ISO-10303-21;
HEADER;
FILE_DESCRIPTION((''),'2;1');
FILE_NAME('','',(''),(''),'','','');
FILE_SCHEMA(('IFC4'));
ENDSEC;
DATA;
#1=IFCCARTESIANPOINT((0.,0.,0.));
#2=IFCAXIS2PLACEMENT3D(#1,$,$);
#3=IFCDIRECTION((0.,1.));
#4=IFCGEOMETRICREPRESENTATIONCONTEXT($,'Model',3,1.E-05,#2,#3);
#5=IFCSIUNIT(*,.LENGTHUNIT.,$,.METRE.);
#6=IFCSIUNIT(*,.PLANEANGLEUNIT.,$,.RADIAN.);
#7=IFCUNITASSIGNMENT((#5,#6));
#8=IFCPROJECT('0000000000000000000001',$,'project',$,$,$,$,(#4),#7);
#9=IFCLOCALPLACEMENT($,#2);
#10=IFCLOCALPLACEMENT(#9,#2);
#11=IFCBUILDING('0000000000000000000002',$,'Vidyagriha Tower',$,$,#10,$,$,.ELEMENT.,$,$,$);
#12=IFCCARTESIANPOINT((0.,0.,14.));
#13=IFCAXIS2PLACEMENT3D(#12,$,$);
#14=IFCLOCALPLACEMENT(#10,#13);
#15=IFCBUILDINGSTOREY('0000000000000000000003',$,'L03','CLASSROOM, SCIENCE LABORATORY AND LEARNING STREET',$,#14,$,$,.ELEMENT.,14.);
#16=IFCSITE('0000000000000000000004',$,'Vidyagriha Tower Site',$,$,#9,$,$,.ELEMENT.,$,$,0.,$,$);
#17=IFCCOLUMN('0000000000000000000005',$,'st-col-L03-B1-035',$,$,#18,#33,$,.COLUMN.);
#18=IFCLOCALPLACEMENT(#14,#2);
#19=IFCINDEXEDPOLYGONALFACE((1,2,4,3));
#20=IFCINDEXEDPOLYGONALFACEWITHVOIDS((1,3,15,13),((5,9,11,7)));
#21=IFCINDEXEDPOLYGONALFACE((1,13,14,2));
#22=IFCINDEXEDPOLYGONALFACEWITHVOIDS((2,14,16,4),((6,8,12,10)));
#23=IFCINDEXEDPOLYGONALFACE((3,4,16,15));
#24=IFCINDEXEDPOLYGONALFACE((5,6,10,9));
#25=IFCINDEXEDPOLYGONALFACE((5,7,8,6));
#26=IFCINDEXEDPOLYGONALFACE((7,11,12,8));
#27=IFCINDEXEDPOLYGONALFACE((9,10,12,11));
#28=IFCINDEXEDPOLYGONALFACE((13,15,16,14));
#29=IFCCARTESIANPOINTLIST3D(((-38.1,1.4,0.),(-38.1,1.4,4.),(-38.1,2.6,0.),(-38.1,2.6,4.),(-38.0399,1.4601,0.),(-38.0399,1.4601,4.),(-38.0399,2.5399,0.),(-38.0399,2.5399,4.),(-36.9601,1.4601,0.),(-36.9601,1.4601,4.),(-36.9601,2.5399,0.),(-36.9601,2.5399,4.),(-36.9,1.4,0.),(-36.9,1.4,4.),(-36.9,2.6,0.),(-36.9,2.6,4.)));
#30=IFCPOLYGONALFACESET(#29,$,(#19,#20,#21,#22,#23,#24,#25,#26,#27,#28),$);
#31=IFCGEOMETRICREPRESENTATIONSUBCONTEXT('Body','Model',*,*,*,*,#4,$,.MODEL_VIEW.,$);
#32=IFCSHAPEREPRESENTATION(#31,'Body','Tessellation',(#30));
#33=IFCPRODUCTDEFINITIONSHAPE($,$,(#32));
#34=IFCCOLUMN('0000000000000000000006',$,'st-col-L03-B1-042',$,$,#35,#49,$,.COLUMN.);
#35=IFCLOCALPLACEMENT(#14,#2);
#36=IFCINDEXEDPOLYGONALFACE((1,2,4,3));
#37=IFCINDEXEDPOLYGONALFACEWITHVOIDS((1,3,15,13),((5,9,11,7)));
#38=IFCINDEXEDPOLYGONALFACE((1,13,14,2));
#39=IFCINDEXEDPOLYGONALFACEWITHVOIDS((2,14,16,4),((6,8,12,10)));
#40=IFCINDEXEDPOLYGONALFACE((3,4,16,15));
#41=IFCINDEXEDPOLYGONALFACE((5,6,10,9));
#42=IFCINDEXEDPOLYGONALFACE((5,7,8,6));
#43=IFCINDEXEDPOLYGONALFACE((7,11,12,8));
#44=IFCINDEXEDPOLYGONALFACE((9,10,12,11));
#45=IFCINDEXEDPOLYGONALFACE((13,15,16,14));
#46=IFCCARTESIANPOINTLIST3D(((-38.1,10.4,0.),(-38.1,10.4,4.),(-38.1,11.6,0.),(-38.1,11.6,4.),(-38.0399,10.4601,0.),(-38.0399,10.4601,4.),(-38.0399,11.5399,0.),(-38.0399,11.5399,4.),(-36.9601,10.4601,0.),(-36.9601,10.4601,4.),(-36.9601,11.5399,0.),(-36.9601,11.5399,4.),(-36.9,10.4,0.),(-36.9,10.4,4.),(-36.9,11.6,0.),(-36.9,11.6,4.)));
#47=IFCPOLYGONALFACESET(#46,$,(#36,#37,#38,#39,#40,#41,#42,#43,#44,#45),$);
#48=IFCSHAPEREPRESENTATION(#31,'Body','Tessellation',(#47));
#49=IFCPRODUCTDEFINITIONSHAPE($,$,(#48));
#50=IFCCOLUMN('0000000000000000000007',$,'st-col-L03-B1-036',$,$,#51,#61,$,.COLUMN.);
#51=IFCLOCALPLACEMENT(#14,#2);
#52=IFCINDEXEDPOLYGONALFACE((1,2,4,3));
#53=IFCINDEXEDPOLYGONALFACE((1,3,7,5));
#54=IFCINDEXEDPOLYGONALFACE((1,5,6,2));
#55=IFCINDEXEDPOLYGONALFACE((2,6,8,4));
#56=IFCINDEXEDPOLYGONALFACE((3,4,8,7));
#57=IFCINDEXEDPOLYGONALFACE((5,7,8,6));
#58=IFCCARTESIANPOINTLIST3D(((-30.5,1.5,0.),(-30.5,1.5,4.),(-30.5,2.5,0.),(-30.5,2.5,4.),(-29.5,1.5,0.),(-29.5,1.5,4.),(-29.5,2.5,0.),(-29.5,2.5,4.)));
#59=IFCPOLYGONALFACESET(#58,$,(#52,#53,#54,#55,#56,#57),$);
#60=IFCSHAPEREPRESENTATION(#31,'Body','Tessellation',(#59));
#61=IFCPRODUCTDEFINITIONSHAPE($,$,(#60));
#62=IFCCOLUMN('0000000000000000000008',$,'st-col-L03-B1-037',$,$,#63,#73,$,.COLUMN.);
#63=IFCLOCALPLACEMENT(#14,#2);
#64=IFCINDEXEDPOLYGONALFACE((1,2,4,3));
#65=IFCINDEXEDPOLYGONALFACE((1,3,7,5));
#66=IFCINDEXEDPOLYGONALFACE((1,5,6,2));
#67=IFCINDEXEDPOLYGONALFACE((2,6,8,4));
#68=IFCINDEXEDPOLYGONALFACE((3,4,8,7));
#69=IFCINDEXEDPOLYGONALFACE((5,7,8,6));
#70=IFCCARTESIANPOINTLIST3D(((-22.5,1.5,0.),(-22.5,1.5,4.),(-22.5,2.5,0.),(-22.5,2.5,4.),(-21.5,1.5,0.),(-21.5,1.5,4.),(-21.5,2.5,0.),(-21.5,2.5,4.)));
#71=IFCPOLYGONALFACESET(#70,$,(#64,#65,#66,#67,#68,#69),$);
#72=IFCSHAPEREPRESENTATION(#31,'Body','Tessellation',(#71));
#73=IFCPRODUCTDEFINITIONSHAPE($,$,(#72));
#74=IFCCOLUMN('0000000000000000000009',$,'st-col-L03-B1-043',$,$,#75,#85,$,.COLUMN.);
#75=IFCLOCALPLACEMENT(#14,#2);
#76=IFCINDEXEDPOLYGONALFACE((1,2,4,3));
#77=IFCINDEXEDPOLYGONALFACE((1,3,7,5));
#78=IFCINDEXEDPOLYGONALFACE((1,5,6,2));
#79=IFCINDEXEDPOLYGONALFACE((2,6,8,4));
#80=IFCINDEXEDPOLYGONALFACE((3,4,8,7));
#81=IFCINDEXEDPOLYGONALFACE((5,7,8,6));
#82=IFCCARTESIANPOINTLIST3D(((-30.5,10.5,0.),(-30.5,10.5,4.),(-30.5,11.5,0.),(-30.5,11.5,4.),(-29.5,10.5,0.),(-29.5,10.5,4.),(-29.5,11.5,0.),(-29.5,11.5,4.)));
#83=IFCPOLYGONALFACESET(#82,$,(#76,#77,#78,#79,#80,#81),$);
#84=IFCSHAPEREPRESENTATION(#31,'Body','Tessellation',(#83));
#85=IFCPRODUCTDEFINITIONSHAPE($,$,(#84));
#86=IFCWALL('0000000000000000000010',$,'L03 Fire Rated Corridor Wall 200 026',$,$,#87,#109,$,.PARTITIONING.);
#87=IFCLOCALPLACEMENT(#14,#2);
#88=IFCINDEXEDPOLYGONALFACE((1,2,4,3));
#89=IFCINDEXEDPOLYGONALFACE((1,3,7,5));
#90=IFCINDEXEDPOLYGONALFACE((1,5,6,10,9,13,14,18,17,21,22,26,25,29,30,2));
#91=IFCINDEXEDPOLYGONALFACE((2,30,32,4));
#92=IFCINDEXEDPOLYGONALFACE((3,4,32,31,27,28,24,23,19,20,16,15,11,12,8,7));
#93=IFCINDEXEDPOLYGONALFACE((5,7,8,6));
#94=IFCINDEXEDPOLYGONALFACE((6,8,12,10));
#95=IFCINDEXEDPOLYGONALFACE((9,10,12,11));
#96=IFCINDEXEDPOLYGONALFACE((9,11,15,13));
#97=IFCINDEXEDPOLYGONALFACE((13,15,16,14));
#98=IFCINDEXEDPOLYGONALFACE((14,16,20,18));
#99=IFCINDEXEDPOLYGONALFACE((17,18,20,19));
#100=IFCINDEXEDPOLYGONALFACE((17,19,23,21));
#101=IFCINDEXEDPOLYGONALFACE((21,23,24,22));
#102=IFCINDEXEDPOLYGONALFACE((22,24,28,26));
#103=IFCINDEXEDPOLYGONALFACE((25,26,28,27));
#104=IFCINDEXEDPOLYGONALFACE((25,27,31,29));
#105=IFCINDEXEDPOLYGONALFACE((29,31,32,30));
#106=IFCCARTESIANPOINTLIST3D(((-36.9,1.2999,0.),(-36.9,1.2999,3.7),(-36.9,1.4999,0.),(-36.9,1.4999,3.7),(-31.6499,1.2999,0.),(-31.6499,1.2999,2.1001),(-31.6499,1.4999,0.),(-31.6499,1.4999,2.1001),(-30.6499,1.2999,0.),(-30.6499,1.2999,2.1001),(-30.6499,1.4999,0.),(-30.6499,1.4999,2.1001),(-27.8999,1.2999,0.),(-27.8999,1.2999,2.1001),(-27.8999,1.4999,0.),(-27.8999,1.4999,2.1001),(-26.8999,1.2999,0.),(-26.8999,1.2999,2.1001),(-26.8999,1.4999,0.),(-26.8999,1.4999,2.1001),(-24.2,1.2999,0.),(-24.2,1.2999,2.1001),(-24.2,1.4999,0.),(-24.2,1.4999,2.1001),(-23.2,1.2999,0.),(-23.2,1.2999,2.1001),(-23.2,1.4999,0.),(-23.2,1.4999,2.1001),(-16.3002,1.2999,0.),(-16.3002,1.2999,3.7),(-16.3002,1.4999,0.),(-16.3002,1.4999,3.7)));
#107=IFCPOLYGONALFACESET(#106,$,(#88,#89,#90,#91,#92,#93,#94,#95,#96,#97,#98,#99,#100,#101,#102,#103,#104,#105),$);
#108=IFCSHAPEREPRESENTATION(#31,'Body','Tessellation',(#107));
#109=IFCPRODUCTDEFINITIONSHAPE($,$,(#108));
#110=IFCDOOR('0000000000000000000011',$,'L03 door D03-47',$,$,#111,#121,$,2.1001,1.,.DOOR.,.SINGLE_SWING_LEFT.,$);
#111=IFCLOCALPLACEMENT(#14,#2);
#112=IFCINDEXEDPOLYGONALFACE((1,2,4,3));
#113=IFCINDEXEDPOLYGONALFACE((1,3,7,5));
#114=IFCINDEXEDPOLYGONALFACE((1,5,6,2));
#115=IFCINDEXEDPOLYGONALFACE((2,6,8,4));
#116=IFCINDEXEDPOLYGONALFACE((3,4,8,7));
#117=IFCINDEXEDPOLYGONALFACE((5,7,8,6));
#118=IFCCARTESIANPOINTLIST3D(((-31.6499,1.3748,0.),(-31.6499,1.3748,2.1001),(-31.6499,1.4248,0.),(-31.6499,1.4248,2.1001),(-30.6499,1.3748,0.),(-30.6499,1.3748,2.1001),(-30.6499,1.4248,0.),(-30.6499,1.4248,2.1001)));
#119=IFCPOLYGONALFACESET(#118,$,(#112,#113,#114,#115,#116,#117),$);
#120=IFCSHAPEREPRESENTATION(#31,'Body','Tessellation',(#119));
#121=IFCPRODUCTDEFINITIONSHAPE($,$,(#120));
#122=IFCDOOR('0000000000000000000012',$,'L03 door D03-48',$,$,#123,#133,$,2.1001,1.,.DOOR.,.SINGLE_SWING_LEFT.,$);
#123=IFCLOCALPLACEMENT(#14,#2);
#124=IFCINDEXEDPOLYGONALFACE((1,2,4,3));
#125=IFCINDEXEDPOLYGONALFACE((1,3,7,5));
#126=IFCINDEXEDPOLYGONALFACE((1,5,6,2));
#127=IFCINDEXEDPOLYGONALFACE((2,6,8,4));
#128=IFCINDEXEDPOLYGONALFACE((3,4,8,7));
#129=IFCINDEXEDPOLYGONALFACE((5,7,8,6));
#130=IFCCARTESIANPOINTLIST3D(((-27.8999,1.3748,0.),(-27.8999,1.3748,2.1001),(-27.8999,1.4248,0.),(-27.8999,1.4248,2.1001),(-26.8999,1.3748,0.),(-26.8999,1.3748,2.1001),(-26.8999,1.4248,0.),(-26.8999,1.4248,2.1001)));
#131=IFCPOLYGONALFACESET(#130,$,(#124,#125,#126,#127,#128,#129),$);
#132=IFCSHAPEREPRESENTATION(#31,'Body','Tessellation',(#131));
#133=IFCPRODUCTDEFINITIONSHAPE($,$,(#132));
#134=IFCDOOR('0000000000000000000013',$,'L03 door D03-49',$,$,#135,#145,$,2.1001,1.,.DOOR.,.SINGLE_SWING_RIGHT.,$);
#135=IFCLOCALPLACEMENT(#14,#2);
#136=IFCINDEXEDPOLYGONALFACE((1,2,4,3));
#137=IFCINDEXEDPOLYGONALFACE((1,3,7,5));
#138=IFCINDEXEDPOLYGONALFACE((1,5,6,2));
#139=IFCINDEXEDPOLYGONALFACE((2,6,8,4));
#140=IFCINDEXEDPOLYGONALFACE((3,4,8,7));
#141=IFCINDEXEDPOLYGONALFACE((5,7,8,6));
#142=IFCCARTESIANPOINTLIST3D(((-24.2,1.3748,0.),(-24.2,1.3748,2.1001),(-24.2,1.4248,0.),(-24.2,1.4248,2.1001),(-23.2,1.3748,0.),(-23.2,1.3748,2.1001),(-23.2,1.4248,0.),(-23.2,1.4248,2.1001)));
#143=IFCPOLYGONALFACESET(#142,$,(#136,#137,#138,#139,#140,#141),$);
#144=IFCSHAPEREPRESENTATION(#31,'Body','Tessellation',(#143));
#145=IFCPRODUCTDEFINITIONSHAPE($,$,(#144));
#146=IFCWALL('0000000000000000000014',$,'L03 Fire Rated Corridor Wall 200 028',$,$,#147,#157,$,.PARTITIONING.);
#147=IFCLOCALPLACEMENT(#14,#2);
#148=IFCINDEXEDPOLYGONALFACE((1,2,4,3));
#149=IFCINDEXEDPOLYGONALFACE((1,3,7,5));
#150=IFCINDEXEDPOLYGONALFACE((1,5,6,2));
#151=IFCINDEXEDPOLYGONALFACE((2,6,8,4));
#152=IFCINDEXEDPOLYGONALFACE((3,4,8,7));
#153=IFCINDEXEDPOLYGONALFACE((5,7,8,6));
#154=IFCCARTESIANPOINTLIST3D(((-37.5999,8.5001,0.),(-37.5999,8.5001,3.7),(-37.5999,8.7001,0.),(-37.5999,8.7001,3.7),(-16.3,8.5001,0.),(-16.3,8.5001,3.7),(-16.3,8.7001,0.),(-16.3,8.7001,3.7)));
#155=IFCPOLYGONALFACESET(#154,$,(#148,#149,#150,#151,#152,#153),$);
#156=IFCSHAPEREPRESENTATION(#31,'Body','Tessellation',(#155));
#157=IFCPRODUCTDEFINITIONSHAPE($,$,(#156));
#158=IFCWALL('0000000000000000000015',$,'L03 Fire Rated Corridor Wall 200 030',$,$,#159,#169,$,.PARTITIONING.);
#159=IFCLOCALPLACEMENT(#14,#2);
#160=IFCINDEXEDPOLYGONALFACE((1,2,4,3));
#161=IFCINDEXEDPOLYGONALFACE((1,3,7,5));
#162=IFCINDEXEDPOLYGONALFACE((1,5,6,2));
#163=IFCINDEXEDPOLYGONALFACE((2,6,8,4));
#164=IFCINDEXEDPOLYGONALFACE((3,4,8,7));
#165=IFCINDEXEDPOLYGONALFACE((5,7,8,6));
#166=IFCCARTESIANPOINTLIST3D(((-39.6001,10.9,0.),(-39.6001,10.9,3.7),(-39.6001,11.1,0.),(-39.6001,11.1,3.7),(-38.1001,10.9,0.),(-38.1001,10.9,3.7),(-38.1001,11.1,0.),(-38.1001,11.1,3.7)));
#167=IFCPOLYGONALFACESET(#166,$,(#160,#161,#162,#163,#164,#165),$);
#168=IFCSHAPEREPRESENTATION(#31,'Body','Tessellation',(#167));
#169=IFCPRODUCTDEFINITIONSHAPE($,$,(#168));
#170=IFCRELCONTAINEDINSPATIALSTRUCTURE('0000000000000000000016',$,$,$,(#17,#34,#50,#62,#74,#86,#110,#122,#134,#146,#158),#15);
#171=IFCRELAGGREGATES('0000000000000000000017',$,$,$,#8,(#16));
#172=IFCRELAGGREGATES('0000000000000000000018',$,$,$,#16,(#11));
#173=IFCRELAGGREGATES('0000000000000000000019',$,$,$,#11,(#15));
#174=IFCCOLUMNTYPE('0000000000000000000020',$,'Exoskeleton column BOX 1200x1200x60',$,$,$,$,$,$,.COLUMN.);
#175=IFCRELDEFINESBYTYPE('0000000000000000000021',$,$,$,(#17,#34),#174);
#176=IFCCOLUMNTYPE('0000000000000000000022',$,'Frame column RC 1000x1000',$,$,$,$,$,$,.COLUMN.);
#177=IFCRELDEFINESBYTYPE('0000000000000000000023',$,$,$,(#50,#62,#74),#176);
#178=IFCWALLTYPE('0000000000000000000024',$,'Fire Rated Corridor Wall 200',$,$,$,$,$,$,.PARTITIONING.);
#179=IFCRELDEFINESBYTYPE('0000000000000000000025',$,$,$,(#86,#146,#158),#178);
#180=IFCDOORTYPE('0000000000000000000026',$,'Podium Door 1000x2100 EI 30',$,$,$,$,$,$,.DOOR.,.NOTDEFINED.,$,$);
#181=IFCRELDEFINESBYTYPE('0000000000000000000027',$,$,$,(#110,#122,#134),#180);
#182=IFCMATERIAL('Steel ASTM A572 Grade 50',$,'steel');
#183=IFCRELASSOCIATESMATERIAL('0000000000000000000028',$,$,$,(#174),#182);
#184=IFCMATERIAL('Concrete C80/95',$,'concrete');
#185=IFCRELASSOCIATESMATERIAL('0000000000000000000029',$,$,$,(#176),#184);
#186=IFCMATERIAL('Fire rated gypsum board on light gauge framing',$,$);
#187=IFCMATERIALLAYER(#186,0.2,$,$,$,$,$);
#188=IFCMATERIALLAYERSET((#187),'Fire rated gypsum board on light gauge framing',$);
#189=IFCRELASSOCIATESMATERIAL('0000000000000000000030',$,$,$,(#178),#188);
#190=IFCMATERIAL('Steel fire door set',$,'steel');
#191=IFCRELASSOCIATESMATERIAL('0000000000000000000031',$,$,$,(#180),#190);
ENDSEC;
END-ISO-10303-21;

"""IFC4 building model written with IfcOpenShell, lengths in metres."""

from ifc_helpers import new_model, si_unit, direction, frame, frame_2d, origin, origin_2d, place, context, subcontext, project, spatial, rectangle, hollow_rectangle, extrude, material, layer, layer_set, material_profile, profile_set, type_object, element, fill, save


model = new_model("IFC4")

# Units and contexts
model_context = context("Model", 3, precision=1e-05, world=origin(), true_north=direction((0.0, 1.0)))
body_context = subcontext(model_context, "Body", "Model", "MODEL_VIEW")
ifc_project = project(units=[si_unit("LENGTHUNIT", "METRE"), si_unit("PLANEANGLEUNIT", "RADIAN")], contexts=[model_context])

# Site, building, storey
site_placement = place(None, origin())
site = spatial("IfcSite", under=ifc_project, at=site_placement, Name="Vidyagriha Tower Site", CompositionType="ELEMENT", RefElevation=0.0)
building_placement = place(site_placement, origin())
building = spatial("IfcBuilding", under=site, at=building_placement, Name="Vidyagriha Tower", CompositionType="ELEMENT")
storey_placement = place(building_placement, frame((0.0, 0.0, 14.0)))
storey = spatial("IfcBuildingStorey", under=building, at=storey_placement, Name="L03", Description="CLASSROOM, SCIENCE LABORATORY AND LEARNING STREET", CompositionType="ELEMENT", Elevation=14.0)

# Columns
ifc_material_1 = material(Name="Steel ASTM A572 Grade 50", Category="steel")
ifc_material_profile_1 = material_profile(ifc_material_1, hollow_rectangle(XDim=1.2, YDim=1.2, WallThickness=0.0601, at=origin_2d()), Name="BOX 1200x1200x60")
ifc_profile_set_1 = profile_set([ifc_material_profile_1], Name="Steel ASTM A572 Grade 50")
column_type_1 = type_object("IfcColumnType", Name="Exoskeleton column BOX 1200x1200x60", PredefinedType="COLUMN", material=ifc_profile_set_1)
for number, where, name in (
    (1, (-37.5, 2.0, 0.0), "st-col-L03-B1-035"),
    (2, (-37.5, 11.0, 0.0), "st-col-L03-B1-042"),
):
    element("IfcColumn", number, at=place(storey_placement, frame(where)), inside=storey, type_object=column_type_1, Name=name, PredefinedType="COLUMN", context=body_context, shape_type="SweptSolid", body=[
        extrude(hollow_rectangle(XDim=1.2, YDim=1.2, WallThickness=0.0601, at=origin_2d()), origin(), (0.0, 0.0, 1.0), 4.0),
    ])
ifc_material_2 = material(Name="Concrete C80/95", Category="concrete")
ifc_material_profile_2 = material_profile(ifc_material_2, rectangle(XDim=1.0, YDim=1.0, at=origin_2d()), Name="RC 1000x1000")
ifc_profile_set_2 = profile_set([ifc_material_profile_2], Name="Concrete C80/95")
column_type_2 = type_object("IfcColumnType", Name="Frame column RC 1000x1000", PredefinedType="COLUMN", material=ifc_profile_set_2)
for number, where, name in (
    (3, (-30.0, 2.0, 0.0), "st-col-L03-B1-036"),
    (4, (-22.0, 2.0, 0.0), "st-col-L03-B1-037"),
    (5, (-30.0, 11.0, 0.0), "st-col-L03-B1-043"),
):
    element("IfcColumn", number, at=place(storey_placement, frame(where)), inside=storey, type_object=column_type_2, Name=name, PredefinedType="COLUMN", context=body_context, shape_type="SweptSolid", body=[
        extrude(rectangle(XDim=1.0, YDim=1.0, at=origin_2d()), origin(), (0.0, 0.0, 1.0), 4.0),
    ])

# Wall, openings, doors
ifc_material_3 = material(Name="Fire rated gypsum board on light gauge framing")
ifc_layer_1 = layer(ifc_material_3, 0.2)
ifc_layer_set_1 = layer_set([ifc_layer_1], Name="Fire rated gypsum board on light gauge framing")
wall_type_1 = type_object("IfcWallType", Name="Fire Rated Corridor Wall 200", PredefinedType="PARTITIONING", material=ifc_layer_set_1)
wall_1_placement = place(storey_placement, frame((-36.8999, 1.3999, 0.0)))
wall_1 = element("IfcWall", 6, at=wall_1_placement, inside=storey, type_object=wall_type_1, Name="L03 Fire Rated Corridor Wall 200 026", PredefinedType="PARTITIONING", context=body_context, shape_type="SweptSolid", body=[
    extrude(rectangle(XDim=20.5999, YDim=0.2, at=frame_2d((10.2998, 0.0))), origin(), (0.0, 0.0, 1.0), 3.7),
])
opening_1_placement = place(wall_1_placement, frame((5.25, 0.0, 0.0)))
opening_1 = element("IfcOpeningElement", 7, at=opening_1_placement, cuts=wall_1, PredefinedType="OPENING", context=body_context, shape_type="SweptSolid", body=[
    extrude(rectangle(XDim=1.0, YDim=2.1001, at=frame_2d((0.5, 1.05))), frame((0.0, 0.1099, 0.0), z_axis=(0.0, -1.0, 0.0), x_axis=(1.0, 0.0, 0.0)), (0.0, 0.0, 1.0), 0.22),
])
opening_2_placement = place(wall_1_placement, frame((9.0, 0.0, 0.0)))
opening_2 = element("IfcOpeningElement", 8, at=opening_2_placement, cuts=wall_1, PredefinedType="OPENING", context=body_context, shape_type="SweptSolid", body=[
    extrude(rectangle(XDim=1.0, YDim=2.1001, at=frame_2d((0.5, 1.05))), frame((0.0, 0.1099, 0.0), z_axis=(0.0, -1.0, 0.0), x_axis=(1.0, 0.0, 0.0)), (0.0, 0.0, 1.0), 0.22),
])
opening_3_placement = place(wall_1_placement, frame((12.7, 0.0, 0.0)))
opening_3 = element("IfcOpeningElement", 9, at=opening_3_placement, cuts=wall_1, PredefinedType="OPENING", context=body_context, shape_type="SweptSolid", body=[
    extrude(rectangle(XDim=1.0, YDim=2.1001, at=frame_2d((0.5, 1.05))), frame((0.0, 0.1099, 0.0), z_axis=(0.0, -1.0, 0.0), x_axis=(1.0, 0.0, 0.0)), (0.0, 0.0, 1.0), 0.22),
])
ifc_material_4 = material(Name="Steel fire door set", Category="steel")
door_type_1 = type_object("IfcDoorType", Name="Podium Door 1000x2100 EI 30", OperationType="NOTDEFINED", PredefinedType="DOOR", material=ifc_material_4)
door_1_placement = place(opening_1_placement, origin())
door_1 = element("IfcDoor", 10, at=door_1_placement, inside=storey, type_object=door_type_1, Name="L03 door D03-47", OperationType="SINGLE_SWING_LEFT", OverallHeight=2.1001, OverallWidth=1.0, PredefinedType="DOOR", context=body_context, shape_type="SweptSolid", body=[
    extrude(rectangle(XDim=1.0, YDim=2.1001, at=frame_2d((0.5, 1.05))), frame((0.0, 0.0249, 0.0), z_axis=(0.0, -1.0, 0.0), x_axis=(1.0, 0.0, 0.0)), (0.0, 0.0, 1.0), 0.05),
])
fill(opening_1, door_1)
door_2_placement = place(opening_2_placement, origin())
door_2 = element("IfcDoor", 11, at=door_2_placement, inside=storey, type_object=door_type_1, Name="L03 door D03-48", OperationType="SINGLE_SWING_LEFT", OverallHeight=2.1001, OverallWidth=1.0, PredefinedType="DOOR", context=body_context, shape_type="SweptSolid", body=[
    extrude(rectangle(XDim=1.0, YDim=2.1001, at=frame_2d((0.5, 1.05))), frame((0.0, 0.0249, 0.0), z_axis=(0.0, -1.0, 0.0), x_axis=(1.0, 0.0, 0.0)), (0.0, 0.0, 1.0), 0.05),
])
fill(opening_2, door_2)
door_3_placement = place(opening_3_placement, origin())
door_3 = element("IfcDoor", 12, at=door_3_placement, inside=storey, type_object=door_type_1, Name="L03 door D03-49", OperationType="SINGLE_SWING_RIGHT", OverallHeight=2.1001, OverallWidth=1.0, PredefinedType="DOOR", context=body_context, shape_type="SweptSolid", body=[
    extrude(rectangle(XDim=1.0, YDim=2.1001, at=frame_2d((0.5, 1.05))), frame((0.0, 0.0249, 0.0), z_axis=(0.0, -1.0, 0.0), x_axis=(1.0, 0.0, 0.0)), (0.0, 0.0, 1.0), 0.05),
])
fill(opening_3, door_3)

# Walls
wall_2_placement = place(storey_placement, frame((-37.5999, 8.6001, 0.0)))
element("IfcWall", 13, at=wall_2_placement, inside=storey, type_object=wall_type_1, Name="L03 Fire Rated Corridor Wall 200 028", PredefinedType="PARTITIONING", context=body_context, shape_type="SweptSolid", body=[
    extrude(rectangle(XDim=21.2998, YDim=0.2, at=frame_2d((10.6499, 0.0))), origin(), (0.0, 0.0, 1.0), 3.7),
])
wall_3_placement = place(storey_placement, frame((-39.6001, 11.0, 0.0)))
element("IfcWall", 14, at=wall_3_placement, inside=storey, type_object=wall_type_1, Name="L03 Fire Rated Corridor Wall 200 030", PredefinedType="PARTITIONING", context=body_context, shape_type="SweptSolid", body=[
    extrude(rectangle(XDim=1.5, YDim=0.2, at=frame_2d((0.75, 0.0))), origin(), (0.0, 0.0, 1.0), 3.7),
])

save(model, "model.ifc")
